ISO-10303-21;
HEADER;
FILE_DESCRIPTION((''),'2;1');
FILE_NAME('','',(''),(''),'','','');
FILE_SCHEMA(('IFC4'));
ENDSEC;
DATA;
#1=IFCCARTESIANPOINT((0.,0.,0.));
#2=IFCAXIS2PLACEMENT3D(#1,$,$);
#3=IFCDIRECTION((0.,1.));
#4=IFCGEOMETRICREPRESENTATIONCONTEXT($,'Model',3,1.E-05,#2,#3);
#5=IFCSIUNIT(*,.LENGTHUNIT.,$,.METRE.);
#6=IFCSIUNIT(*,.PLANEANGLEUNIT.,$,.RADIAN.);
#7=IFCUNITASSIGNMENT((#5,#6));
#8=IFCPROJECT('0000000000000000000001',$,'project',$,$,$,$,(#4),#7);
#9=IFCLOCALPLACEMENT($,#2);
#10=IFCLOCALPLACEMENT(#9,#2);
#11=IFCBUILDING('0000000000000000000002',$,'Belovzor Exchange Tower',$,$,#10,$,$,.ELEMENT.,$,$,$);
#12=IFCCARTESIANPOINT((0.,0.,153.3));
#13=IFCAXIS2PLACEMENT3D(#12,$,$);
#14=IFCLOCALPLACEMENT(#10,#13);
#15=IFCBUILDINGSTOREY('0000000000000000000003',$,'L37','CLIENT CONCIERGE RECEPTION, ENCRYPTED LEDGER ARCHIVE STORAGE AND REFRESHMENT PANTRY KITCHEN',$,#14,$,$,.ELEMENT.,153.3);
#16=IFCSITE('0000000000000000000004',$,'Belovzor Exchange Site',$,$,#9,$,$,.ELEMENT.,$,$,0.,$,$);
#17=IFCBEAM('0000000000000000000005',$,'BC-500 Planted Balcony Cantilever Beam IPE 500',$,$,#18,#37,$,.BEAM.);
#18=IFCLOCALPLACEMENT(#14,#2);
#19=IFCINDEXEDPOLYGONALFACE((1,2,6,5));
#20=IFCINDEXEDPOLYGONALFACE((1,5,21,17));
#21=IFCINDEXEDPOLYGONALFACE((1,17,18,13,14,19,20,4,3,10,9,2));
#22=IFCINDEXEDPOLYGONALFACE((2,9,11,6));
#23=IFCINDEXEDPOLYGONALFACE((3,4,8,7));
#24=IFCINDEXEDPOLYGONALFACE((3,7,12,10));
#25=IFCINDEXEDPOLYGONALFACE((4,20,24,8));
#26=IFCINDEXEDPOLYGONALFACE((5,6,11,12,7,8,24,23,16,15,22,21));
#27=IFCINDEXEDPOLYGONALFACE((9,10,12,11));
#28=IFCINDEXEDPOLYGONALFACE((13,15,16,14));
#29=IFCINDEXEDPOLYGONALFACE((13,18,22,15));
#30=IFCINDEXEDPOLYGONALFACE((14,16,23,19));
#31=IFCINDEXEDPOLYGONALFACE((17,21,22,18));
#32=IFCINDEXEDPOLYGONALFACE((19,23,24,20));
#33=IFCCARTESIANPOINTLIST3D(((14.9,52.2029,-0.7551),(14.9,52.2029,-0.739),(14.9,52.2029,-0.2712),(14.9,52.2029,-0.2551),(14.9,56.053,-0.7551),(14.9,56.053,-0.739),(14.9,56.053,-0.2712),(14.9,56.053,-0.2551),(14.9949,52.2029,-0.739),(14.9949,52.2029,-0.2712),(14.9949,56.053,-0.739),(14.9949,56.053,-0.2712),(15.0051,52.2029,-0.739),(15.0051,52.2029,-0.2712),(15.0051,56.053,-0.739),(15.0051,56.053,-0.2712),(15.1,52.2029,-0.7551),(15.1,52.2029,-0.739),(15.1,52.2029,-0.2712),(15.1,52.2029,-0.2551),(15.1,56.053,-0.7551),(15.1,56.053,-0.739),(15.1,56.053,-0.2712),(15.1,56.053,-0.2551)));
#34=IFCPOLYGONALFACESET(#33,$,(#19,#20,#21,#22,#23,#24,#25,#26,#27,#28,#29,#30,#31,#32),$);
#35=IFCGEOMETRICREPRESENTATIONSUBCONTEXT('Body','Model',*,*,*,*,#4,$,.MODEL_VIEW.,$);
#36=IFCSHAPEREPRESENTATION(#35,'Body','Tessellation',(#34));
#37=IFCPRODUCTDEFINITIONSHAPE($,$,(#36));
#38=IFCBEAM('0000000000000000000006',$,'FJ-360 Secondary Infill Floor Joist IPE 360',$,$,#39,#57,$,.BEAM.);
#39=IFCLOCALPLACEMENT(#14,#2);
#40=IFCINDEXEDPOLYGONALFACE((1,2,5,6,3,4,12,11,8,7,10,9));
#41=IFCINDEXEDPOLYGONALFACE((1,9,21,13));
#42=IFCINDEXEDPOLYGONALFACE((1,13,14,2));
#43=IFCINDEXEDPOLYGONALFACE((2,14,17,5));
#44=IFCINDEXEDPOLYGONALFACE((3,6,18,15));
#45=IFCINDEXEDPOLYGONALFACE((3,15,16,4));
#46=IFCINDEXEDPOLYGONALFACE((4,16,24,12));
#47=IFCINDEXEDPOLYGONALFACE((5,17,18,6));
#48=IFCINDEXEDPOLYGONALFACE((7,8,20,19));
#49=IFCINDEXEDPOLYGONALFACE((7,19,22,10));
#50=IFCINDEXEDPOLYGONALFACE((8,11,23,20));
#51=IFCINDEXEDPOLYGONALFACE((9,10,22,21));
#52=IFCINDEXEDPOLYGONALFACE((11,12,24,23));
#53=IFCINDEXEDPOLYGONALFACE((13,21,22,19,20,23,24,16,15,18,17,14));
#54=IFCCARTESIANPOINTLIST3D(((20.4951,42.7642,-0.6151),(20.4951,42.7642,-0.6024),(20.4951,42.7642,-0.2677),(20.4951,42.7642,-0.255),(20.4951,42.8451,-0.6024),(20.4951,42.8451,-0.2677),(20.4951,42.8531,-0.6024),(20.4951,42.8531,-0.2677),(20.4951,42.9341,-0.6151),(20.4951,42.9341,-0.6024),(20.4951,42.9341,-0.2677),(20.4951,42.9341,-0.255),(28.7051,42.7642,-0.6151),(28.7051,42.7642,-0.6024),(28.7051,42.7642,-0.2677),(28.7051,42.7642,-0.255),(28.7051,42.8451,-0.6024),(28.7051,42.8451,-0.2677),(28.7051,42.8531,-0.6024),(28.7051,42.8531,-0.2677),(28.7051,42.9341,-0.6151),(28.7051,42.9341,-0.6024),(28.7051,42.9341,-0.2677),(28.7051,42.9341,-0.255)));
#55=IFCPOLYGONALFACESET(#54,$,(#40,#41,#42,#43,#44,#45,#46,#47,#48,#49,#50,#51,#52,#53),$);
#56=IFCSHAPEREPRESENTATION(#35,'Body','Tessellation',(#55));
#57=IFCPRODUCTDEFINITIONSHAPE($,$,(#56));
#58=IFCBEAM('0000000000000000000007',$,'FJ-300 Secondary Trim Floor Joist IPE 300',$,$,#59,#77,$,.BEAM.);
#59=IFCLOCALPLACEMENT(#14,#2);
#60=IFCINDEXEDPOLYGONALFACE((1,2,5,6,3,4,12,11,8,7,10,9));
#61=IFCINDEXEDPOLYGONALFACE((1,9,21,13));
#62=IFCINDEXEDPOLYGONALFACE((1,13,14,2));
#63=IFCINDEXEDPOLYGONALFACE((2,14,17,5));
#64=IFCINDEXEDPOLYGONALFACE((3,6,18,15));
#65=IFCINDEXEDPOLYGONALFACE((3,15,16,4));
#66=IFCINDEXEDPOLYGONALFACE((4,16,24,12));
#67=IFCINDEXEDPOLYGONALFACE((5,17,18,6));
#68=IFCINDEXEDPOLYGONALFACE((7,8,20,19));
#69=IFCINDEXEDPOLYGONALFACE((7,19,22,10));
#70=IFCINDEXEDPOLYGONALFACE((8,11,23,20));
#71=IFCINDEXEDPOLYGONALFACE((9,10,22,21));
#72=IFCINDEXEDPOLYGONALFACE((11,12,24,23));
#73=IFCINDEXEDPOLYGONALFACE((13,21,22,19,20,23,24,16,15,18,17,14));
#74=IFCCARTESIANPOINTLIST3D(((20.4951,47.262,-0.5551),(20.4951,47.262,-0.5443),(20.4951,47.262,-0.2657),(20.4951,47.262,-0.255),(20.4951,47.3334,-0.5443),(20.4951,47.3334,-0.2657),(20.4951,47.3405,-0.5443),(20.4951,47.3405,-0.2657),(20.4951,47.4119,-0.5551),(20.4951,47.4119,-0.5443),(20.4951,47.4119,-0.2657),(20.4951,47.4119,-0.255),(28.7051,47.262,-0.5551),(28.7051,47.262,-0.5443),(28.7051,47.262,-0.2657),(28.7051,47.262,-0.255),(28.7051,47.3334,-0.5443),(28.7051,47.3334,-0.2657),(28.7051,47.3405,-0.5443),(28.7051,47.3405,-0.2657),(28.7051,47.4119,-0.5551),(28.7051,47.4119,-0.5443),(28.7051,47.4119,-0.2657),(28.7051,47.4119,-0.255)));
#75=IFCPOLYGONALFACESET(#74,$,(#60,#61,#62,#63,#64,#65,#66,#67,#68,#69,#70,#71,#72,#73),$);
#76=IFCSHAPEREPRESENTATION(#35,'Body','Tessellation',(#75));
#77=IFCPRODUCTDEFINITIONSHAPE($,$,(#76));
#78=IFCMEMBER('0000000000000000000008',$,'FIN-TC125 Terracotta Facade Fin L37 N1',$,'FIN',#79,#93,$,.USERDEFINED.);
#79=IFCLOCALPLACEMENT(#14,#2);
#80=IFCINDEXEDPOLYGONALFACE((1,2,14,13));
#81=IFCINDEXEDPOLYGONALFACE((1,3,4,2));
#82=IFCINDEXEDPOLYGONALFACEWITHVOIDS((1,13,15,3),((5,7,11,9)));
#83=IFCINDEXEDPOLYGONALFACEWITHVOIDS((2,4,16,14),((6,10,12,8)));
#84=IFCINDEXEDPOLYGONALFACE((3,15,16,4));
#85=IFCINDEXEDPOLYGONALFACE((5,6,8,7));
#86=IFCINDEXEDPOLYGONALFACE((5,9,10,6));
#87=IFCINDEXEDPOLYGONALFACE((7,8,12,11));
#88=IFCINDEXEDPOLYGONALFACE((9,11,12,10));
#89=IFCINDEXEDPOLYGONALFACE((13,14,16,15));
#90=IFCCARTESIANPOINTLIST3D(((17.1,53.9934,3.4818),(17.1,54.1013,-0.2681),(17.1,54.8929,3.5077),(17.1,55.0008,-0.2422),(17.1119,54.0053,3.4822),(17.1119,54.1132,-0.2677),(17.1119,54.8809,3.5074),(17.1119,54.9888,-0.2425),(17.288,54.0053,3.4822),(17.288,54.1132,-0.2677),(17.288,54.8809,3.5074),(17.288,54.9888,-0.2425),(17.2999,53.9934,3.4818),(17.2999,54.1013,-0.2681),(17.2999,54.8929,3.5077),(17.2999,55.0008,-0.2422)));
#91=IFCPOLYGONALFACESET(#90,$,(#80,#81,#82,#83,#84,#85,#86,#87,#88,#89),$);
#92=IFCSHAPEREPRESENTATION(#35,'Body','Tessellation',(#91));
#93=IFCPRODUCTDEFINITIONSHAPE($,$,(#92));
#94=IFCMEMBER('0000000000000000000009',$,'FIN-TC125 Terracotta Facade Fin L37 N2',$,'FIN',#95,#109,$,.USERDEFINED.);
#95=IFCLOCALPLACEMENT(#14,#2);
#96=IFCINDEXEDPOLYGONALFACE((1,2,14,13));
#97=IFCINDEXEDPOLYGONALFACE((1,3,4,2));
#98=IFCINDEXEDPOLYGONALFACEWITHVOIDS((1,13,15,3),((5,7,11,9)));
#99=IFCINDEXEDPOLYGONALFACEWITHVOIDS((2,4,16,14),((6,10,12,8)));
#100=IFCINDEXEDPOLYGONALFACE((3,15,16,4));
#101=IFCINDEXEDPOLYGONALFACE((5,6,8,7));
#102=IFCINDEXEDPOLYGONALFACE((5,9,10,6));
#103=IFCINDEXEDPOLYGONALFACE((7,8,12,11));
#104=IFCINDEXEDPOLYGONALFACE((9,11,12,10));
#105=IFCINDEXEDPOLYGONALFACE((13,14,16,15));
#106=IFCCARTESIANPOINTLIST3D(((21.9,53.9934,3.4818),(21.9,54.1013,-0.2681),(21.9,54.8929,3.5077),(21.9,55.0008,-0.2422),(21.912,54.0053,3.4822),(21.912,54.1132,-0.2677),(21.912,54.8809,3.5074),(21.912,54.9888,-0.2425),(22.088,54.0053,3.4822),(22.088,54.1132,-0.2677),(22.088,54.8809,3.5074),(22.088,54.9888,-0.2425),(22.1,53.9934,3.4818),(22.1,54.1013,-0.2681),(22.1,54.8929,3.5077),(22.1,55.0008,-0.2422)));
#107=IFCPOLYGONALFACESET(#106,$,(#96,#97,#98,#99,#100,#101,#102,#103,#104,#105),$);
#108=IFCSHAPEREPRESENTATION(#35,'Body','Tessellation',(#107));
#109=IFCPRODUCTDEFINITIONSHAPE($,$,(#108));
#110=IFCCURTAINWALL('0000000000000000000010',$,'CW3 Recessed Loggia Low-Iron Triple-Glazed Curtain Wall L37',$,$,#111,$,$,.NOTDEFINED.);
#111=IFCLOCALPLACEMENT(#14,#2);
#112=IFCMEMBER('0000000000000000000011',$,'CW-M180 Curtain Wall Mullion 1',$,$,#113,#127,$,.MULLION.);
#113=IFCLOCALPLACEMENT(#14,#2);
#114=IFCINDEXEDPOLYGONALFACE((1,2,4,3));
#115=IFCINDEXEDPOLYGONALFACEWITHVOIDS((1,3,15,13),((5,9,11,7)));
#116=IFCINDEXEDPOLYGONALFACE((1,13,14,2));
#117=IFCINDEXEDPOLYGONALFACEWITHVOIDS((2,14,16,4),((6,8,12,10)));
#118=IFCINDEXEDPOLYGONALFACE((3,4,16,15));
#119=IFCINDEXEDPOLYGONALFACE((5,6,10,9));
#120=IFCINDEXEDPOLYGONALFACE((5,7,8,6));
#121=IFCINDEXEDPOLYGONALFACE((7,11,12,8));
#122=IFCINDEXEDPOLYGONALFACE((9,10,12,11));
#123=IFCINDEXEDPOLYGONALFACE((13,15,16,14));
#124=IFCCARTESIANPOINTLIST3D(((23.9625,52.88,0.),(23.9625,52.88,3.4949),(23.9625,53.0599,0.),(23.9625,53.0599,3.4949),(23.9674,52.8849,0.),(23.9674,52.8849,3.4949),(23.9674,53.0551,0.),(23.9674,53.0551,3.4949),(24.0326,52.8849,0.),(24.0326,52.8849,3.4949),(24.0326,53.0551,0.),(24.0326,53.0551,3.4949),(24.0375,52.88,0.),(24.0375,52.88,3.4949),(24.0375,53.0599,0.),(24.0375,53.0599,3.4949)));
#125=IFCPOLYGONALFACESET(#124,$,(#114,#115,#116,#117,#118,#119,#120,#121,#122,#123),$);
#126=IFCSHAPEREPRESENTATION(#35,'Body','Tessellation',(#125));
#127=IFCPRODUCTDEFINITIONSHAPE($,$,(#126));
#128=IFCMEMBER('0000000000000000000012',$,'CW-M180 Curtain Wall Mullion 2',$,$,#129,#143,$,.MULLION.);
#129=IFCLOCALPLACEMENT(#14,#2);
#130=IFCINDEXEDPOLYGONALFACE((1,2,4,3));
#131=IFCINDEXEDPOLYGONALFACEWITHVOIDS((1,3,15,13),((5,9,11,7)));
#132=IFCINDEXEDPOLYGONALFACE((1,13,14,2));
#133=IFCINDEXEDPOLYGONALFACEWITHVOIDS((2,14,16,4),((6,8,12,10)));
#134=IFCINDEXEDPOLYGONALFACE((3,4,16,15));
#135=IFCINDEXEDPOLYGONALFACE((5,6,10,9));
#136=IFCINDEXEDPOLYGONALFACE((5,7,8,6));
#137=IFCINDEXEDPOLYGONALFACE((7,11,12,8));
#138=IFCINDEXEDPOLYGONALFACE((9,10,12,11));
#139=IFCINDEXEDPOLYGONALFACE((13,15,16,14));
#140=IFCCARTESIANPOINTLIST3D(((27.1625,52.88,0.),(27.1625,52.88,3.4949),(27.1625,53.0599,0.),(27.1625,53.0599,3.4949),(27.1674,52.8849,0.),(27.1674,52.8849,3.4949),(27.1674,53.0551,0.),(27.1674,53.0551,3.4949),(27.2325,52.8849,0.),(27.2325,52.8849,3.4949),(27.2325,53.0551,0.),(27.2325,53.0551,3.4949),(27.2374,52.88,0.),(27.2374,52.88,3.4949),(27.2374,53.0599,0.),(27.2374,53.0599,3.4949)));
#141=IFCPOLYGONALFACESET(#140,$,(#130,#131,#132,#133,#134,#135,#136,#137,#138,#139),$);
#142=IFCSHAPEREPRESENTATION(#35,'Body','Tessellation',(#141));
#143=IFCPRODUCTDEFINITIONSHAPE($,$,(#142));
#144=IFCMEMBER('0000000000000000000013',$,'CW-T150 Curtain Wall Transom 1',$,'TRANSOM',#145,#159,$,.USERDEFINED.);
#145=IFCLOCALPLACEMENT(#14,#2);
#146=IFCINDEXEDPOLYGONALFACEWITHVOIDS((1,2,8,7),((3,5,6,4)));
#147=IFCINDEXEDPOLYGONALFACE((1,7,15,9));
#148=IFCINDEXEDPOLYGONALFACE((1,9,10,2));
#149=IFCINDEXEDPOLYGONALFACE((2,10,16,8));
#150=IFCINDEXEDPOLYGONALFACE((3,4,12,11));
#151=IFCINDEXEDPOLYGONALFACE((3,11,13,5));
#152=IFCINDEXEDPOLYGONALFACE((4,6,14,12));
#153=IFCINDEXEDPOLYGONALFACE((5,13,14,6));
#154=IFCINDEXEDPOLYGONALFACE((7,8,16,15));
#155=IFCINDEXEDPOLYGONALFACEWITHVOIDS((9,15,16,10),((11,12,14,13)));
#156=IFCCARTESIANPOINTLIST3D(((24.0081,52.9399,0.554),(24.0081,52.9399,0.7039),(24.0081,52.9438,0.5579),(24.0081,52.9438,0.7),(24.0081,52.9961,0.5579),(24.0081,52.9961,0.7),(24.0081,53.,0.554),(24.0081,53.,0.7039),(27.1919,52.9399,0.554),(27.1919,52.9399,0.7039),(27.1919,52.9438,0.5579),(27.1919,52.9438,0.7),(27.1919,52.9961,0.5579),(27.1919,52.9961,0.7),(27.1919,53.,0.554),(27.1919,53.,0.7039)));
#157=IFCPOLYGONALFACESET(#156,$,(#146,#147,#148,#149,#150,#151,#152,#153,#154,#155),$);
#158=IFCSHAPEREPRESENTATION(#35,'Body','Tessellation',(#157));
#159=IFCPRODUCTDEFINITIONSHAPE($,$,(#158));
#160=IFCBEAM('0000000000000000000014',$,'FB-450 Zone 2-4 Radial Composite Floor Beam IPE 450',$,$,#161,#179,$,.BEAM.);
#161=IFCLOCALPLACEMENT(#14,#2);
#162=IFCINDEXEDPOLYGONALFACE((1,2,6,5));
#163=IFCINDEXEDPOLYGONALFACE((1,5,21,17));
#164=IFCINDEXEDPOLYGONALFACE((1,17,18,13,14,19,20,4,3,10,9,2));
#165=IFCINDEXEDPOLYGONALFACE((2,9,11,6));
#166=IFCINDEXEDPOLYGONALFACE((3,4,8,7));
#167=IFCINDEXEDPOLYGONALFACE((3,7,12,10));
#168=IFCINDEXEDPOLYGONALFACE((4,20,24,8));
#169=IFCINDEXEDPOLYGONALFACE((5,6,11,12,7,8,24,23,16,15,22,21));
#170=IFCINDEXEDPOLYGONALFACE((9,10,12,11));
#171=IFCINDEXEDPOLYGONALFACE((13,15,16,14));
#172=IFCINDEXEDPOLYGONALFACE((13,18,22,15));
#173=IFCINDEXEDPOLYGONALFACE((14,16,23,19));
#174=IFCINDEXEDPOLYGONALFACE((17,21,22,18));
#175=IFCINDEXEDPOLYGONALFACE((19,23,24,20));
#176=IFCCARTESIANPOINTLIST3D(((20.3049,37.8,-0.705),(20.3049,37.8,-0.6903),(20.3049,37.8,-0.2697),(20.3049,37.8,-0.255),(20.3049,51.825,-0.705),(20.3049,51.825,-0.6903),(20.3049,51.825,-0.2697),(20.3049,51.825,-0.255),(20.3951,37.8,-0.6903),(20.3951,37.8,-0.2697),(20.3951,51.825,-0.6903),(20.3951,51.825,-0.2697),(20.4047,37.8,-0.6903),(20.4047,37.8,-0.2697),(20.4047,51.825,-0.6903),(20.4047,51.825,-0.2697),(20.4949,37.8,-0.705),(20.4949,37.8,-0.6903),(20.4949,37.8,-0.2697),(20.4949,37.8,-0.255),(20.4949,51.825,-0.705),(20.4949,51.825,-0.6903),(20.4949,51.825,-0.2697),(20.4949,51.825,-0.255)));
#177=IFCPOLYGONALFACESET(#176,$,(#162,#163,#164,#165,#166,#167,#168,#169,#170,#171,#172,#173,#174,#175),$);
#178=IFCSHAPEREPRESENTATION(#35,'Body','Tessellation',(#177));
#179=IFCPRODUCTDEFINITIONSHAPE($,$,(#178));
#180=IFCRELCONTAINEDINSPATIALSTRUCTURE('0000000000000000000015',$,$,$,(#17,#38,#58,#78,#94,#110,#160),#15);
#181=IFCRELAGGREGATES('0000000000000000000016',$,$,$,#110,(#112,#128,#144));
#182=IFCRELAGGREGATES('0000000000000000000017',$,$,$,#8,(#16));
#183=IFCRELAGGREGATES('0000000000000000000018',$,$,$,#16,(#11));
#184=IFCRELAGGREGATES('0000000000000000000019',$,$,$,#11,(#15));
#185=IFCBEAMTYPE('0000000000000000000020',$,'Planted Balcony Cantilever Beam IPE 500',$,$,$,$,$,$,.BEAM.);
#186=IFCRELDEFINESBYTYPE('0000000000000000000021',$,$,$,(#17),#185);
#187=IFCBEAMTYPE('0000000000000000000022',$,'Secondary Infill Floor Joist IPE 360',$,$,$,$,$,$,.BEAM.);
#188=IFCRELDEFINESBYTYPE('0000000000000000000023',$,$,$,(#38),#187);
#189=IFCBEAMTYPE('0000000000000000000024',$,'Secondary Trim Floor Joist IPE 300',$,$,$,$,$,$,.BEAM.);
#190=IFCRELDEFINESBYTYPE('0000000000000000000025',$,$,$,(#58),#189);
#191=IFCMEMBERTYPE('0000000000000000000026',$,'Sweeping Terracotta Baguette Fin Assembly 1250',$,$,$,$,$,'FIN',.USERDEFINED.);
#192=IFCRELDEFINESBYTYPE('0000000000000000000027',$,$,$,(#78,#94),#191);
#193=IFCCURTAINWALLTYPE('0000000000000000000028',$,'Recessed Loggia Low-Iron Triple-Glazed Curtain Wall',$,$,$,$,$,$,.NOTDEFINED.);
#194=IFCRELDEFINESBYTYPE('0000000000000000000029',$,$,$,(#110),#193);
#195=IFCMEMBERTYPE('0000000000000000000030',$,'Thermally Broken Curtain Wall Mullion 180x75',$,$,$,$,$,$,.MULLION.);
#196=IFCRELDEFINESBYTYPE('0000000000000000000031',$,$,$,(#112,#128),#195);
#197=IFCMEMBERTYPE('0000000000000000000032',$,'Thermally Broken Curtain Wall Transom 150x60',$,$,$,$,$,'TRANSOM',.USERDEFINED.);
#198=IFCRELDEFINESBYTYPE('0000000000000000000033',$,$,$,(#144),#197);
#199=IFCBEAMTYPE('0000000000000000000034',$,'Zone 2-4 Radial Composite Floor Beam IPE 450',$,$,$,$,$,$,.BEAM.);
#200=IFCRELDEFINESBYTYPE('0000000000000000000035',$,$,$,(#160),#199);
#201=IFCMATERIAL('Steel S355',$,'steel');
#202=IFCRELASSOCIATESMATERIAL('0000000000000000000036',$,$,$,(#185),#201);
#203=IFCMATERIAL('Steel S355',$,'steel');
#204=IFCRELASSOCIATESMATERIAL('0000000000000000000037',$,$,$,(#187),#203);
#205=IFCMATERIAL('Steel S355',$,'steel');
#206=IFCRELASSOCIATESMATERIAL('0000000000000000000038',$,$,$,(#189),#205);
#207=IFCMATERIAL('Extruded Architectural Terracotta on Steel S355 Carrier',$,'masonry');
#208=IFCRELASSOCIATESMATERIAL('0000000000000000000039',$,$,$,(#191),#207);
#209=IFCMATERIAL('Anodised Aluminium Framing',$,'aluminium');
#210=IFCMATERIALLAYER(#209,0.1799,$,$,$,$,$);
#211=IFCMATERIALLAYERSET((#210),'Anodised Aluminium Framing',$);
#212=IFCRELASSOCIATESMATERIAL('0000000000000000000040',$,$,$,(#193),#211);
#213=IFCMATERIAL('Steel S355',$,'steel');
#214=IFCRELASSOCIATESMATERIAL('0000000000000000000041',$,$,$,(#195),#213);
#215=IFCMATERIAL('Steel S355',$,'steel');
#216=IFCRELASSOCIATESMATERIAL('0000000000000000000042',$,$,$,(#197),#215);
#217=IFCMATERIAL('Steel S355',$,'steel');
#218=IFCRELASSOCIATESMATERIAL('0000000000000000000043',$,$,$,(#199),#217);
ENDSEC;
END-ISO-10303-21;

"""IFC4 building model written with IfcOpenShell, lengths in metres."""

from ifc_helpers import new_model, si_unit, direction, frame, origin, origin_2d, place, context, subcontext, project, spatial, hollow_rectangle, i_section, extrude, material, layer, layer_set, material_profile, profile_set, type_object, element, aggregate, save


model = new_model("IFC4")

# Units and contexts
model_context = context("Model", 3, precision=1e-05, world=origin(), true_north=direction((0.0, 1.0)))
body_context = subcontext(model_context, "Body", "Model", "MODEL_VIEW")
ifc_project = project(units=[si_unit("LENGTHUNIT", "METRE"), si_unit("PLANEANGLEUNIT", "RADIAN")], contexts=[model_context])

# Site, building, storey
site_placement = place(None, origin())
site = spatial("IfcSite", under=ifc_project, at=site_placement, Name="Belovzor Exchange Site", CompositionType="ELEMENT", RefElevation=0.0)
building_placement = place(site_placement, origin())
building = spatial("IfcBuilding", under=site, at=building_placement, Name="Belovzor Exchange Tower", CompositionType="ELEMENT")
storey_placement = place(building_placement, frame((0.0, 0.0, 153.3)))
storey = spatial("IfcBuildingStorey", under=building, at=storey_placement, Name="L37", Description="CLIENT CONCIERGE RECEPTION, ENCRYPTED LEDGER ARCHIVE STORAGE AND REFRESHMENT PANTRY KITCHEN", CompositionType="ELEMENT", Elevation=153.3)

# Beams
ifc_material_1 = material(Name="Steel S355", Category="steel")
ifc_material_profile_1 = material_profile(ifc_material_1, i_section(OverallWidth=0.2, OverallDepth=0.5, WebThickness=0.0103, FlangeThickness=0.0161, at=origin_2d()))
ifc_profile_set_1 = profile_set([ifc_material_profile_1], Name="Steel S355")
beam_type_1 = type_object("IfcBeamType", Name="Planted Balcony Cantilever Beam IPE 500", PredefinedType="BEAM", material=ifc_profile_set_1)
beam_1_placement = place(storey_placement, frame((15.0, 52.2029, -0.5051), z_axis=(0.0, 1.0, 0.0), x_axis=(-1.0, 0.0, 0.0)))
element("IfcBeam", 1, at=beam_1_placement, inside=storey, type_object=beam_type_1, Name="BC-500 Planted Balcony Cantilever Beam IPE 500", PredefinedType="BEAM", context=body_context, shape_type="SweptSolid", body=[
    extrude(i_section(OverallWidth=0.2, OverallDepth=0.5, WebThickness=0.0103, FlangeThickness=0.0161, at=origin_2d()), origin(), (0.0, 0.0, 1.0), 3.8501),
])
ifc_material_2 = material(Name="Steel S355", Category="steel")
ifc_material_profile_2 = material_profile(ifc_material_2, i_section(OverallWidth=0.1699, OverallDepth=0.3601, WebThickness=0.0081, FlangeThickness=0.0127, at=origin_2d()))
ifc_profile_set_2 = profile_set([ifc_material_profile_2], Name="Steel S355")
beam_type_2 = type_object("IfcBeamType", Name="Secondary Infill Floor Joist IPE 360", PredefinedType="BEAM", material=ifc_profile_set_2)
beam_2_placement = place(storey_placement, frame((20.4951, 42.8491, -0.4351), z_axis=(1.0, 0.0, 0.0), x_axis=(0.0, 1.0, 0.0)))
element("IfcBeam", 2, at=beam_2_placement, inside=storey, type_object=beam_type_2, Name="FJ-360 Secondary Infill Floor Joist IPE 360", PredefinedType="BEAM", context=body_context, shape_type="SweptSolid", body=[
    extrude(i_section(OverallWidth=0.1699, OverallDepth=0.3601, WebThickness=0.0081, FlangeThickness=0.0127, at=origin_2d()), origin(), (0.0, 0.0, 1.0), 8.21),
])
ifc_material_3 = material(Name="Steel S355", Category="steel")
ifc_material_profile_3 = material_profile(ifc_material_3, i_section(OverallWidth=0.1499, OverallDepth=0.3, WebThickness=0.0071, FlangeThickness=0.0107, at=origin_2d()))
ifc_profile_set_3 = profile_set([ifc_material_profile_3], Name="Steel S355")
beam_type_3 = type_object("IfcBeamType", Name="Secondary Trim Floor Joist IPE 300", PredefinedType="BEAM", material=ifc_profile_set_3)
beam_3_placement = place(storey_placement, frame((20.4951, 47.3369, -0.405), z_axis=(1.0, 0.0, 0.0), x_axis=(0.0, 1.0, 0.0)))
element("IfcBeam", 3, at=beam_3_placement, inside=storey, type_object=beam_type_3, Name="FJ-300 Secondary Trim Floor Joist IPE 300", PredefinedType="BEAM", context=body_context, shape_type="SweptSolid", body=[
    extrude(i_section(OverallWidth=0.1499, OverallDepth=0.3, WebThickness=0.0071, FlangeThickness=0.0107, at=origin_2d()), origin(), (0.0, 0.0, 1.0), 8.21),
])

# Members
ifc_material_4 = material(Name="Extruded Architectural Terracotta on Steel S355 Carrier", Category="masonry")
ifc_material_profile_4 = material_profile(ifc_material_4, hollow_rectangle(XDim=0.2, YDim=0.8999, WallThickness=0.012, at=origin_2d()))
ifc_profile_set_4 = profile_set([ifc_material_profile_4], Name="Extruded Architectural Terracotta on Steel S355 Carrier")
member_type_1 = type_object("IfcMemberType", Name="Sweeping Terracotta Baguette Fin Assembly 1250", ElementType="FIN", PredefinedType="USERDEFINED", material=ifc_profile_set_4)
for number, where, z_axis, x_axis, name in (
    (4, (17.2, 54.551, -0.2551), (0.0, -0.028764, 0.999586), (1.0, 0.0, 0.0), "FIN-TC125 Terracotta Facade Fin L37 N1"),
    (5, (22.0, 54.551, -0.2551), (0.0, -0.028764, 0.999586), (1.0, 0.0, 0.0), "FIN-TC125 Terracotta Facade Fin L37 N2"),
):
    element("IfcMember", number, at=place(storey_placement, frame(where, z_axis=z_axis, x_axis=x_axis)), inside=storey, type_object=member_type_1, Name=name, ObjectType="FIN", PredefinedType="USERDEFINED", context=body_context, shape_type="SweptSolid", body=[
        extrude(hollow_rectangle(XDim=0.2, YDim=0.8999, WallThickness=0.012, at=origin_2d()), origin(), (0.0, 0.0, 1.0), 3.7515),
    ])

# Curtain wall, members
ifc_material_5 = material(Name="Anodised Aluminium Framing", Category="aluminium")
ifc_layer_1 = layer(ifc_material_5, 0.1799)
ifc_layer_set_1 = layer_set([ifc_layer_1], Name="Anodised Aluminium Framing")
curtain_wall_type = type_object("IfcCurtainWallType", Name="Recessed Loggia Low-Iron Triple-Glazed Curtain Wall", PredefinedType="NOTDEFINED", material=ifc_layer_set_1)
curtain_wall_placement = place(storey_placement, origin())
curtain_wall = element("IfcCurtainWall", 6, at=curtain_wall_placement, inside=storey, type_object=curtain_wall_type, Name="CW3 Recessed Loggia Low-Iron Triple-Glazed Curtain Wall L37", PredefinedType="NOTDEFINED")
ifc_material_6 = material(Name="Steel S355", Category="steel")
ifc_material_profile_5 = material_profile(ifc_material_6, hollow_rectangle(XDim=0.075, YDim=0.1799, WallThickness=0.0049, at=origin_2d()))
ifc_profile_set_5 = profile_set([ifc_material_profile_5], Name="Steel S355")
member_type_2 = type_object("IfcMemberType", Name="Thermally Broken Curtain Wall Mullion 180x75", PredefinedType="MULLION", material=ifc_profile_set_5)
member_1_placement = place(storey_placement, frame((24.0, 52.97, 0.0), z_axis=(0.0, 0.0, 1.0), x_axis=(1.0, 0.0, 0.0)))
member_1 = element("IfcMember", 7, at=member_1_placement, type_object=member_type_2, Name="CW-M180 Curtain Wall Mullion 1", PredefinedType="MULLION", context=body_context, shape_type="SweptSolid", body=[
    extrude(hollow_rectangle(XDim=0.075, YDim=0.1799, WallThickness=0.0049, at=origin_2d()), origin(), (0.0, 0.0, 1.0), 3.4949),
])
member_2_placement = place(storey_placement, frame((27.2, 52.97, 0.0), z_axis=(0.0, 0.0, 1.0), x_axis=(1.0, 0.0, 0.0)))
member_2 = element("IfcMember", 8, at=member_2_placement, type_object=member_type_2, Name="CW-M180 Curtain Wall Mullion 2", PredefinedType="MULLION", context=body_context, shape_type="SweptSolid", body=[
    extrude(hollow_rectangle(XDim=0.075, YDim=0.1799, WallThickness=0.0049, at=origin_2d()), origin(), (0.0, 0.0, 1.0), 3.4949),
])
ifc_material_7 = material(Name="Steel S355", Category="steel")
ifc_material_profile_6 = material_profile(ifc_material_7, hollow_rectangle(XDim=0.0601, YDim=0.1499, WallThickness=0.0039, at=origin_2d()))
ifc_profile_set_6 = profile_set([ifc_material_profile_6], Name="Steel S355")
member_type_3 = type_object("IfcMemberType", Name="Thermally Broken Curtain Wall Transom 150x60", ElementType="TRANSOM", PredefinedType="USERDEFINED", material=ifc_profile_set_6)
member_3_placement = place(storey_placement, frame((24.0081, 52.97, 0.6289), z_axis=(1.0, 0.0, 0.0), x_axis=(0.0, 1.0, 0.0)))
member_3 = element("IfcMember", 9, at=member_3_placement, type_object=member_type_3, Name="CW-T150 Curtain Wall Transom 1", ObjectType="TRANSOM", PredefinedType="USERDEFINED", context=body_context, shape_type="SweptSolid", body=[
    extrude(hollow_rectangle(XDim=0.0601, YDim=0.1499, WallThickness=0.0039, at=origin_2d()), origin(), (0.0, 0.0, 1.0), 3.1838),
])

# Beam
ifc_material_8 = material(Name="Steel S355", Category="steel")
ifc_material_profile_7 = material_profile(ifc_material_8, i_section(OverallWidth=0.1899, OverallDepth=0.45, WebThickness=0.0095, FlangeThickness=0.0146, at=origin_2d()))
ifc_profile_set_7 = profile_set([ifc_material_profile_7], Name="Steel S355")
beam_type_4 = type_object("IfcBeamType", Name="Zone 2-4 Radial Composite Floor Beam IPE 450", PredefinedType="BEAM", material=ifc_profile_set_7)
beam_4_placement = place(storey_placement, frame((20.3999, 37.8, -0.48), z_axis=(0.0, 1.0, 0.0), x_axis=(-1.0, 0.0, 0.0)))
element("IfcBeam", 10, at=beam_4_placement, inside=storey, type_object=beam_type_4, Name="FB-450 Zone 2-4 Radial Composite Floor Beam IPE 450", PredefinedType="BEAM", context=body_context, shape_type="SweptSolid", body=[
    extrude(i_section(OverallWidth=0.1899, OverallDepth=0.45, WebThickness=0.0095, FlangeThickness=0.0146, at=origin_2d()), origin(), (0.0, 0.0, 1.0), 14.0249),
])

aggregate(curtain_wall, [member_1, member_2, member_3])

save(model, "model.ifc")
